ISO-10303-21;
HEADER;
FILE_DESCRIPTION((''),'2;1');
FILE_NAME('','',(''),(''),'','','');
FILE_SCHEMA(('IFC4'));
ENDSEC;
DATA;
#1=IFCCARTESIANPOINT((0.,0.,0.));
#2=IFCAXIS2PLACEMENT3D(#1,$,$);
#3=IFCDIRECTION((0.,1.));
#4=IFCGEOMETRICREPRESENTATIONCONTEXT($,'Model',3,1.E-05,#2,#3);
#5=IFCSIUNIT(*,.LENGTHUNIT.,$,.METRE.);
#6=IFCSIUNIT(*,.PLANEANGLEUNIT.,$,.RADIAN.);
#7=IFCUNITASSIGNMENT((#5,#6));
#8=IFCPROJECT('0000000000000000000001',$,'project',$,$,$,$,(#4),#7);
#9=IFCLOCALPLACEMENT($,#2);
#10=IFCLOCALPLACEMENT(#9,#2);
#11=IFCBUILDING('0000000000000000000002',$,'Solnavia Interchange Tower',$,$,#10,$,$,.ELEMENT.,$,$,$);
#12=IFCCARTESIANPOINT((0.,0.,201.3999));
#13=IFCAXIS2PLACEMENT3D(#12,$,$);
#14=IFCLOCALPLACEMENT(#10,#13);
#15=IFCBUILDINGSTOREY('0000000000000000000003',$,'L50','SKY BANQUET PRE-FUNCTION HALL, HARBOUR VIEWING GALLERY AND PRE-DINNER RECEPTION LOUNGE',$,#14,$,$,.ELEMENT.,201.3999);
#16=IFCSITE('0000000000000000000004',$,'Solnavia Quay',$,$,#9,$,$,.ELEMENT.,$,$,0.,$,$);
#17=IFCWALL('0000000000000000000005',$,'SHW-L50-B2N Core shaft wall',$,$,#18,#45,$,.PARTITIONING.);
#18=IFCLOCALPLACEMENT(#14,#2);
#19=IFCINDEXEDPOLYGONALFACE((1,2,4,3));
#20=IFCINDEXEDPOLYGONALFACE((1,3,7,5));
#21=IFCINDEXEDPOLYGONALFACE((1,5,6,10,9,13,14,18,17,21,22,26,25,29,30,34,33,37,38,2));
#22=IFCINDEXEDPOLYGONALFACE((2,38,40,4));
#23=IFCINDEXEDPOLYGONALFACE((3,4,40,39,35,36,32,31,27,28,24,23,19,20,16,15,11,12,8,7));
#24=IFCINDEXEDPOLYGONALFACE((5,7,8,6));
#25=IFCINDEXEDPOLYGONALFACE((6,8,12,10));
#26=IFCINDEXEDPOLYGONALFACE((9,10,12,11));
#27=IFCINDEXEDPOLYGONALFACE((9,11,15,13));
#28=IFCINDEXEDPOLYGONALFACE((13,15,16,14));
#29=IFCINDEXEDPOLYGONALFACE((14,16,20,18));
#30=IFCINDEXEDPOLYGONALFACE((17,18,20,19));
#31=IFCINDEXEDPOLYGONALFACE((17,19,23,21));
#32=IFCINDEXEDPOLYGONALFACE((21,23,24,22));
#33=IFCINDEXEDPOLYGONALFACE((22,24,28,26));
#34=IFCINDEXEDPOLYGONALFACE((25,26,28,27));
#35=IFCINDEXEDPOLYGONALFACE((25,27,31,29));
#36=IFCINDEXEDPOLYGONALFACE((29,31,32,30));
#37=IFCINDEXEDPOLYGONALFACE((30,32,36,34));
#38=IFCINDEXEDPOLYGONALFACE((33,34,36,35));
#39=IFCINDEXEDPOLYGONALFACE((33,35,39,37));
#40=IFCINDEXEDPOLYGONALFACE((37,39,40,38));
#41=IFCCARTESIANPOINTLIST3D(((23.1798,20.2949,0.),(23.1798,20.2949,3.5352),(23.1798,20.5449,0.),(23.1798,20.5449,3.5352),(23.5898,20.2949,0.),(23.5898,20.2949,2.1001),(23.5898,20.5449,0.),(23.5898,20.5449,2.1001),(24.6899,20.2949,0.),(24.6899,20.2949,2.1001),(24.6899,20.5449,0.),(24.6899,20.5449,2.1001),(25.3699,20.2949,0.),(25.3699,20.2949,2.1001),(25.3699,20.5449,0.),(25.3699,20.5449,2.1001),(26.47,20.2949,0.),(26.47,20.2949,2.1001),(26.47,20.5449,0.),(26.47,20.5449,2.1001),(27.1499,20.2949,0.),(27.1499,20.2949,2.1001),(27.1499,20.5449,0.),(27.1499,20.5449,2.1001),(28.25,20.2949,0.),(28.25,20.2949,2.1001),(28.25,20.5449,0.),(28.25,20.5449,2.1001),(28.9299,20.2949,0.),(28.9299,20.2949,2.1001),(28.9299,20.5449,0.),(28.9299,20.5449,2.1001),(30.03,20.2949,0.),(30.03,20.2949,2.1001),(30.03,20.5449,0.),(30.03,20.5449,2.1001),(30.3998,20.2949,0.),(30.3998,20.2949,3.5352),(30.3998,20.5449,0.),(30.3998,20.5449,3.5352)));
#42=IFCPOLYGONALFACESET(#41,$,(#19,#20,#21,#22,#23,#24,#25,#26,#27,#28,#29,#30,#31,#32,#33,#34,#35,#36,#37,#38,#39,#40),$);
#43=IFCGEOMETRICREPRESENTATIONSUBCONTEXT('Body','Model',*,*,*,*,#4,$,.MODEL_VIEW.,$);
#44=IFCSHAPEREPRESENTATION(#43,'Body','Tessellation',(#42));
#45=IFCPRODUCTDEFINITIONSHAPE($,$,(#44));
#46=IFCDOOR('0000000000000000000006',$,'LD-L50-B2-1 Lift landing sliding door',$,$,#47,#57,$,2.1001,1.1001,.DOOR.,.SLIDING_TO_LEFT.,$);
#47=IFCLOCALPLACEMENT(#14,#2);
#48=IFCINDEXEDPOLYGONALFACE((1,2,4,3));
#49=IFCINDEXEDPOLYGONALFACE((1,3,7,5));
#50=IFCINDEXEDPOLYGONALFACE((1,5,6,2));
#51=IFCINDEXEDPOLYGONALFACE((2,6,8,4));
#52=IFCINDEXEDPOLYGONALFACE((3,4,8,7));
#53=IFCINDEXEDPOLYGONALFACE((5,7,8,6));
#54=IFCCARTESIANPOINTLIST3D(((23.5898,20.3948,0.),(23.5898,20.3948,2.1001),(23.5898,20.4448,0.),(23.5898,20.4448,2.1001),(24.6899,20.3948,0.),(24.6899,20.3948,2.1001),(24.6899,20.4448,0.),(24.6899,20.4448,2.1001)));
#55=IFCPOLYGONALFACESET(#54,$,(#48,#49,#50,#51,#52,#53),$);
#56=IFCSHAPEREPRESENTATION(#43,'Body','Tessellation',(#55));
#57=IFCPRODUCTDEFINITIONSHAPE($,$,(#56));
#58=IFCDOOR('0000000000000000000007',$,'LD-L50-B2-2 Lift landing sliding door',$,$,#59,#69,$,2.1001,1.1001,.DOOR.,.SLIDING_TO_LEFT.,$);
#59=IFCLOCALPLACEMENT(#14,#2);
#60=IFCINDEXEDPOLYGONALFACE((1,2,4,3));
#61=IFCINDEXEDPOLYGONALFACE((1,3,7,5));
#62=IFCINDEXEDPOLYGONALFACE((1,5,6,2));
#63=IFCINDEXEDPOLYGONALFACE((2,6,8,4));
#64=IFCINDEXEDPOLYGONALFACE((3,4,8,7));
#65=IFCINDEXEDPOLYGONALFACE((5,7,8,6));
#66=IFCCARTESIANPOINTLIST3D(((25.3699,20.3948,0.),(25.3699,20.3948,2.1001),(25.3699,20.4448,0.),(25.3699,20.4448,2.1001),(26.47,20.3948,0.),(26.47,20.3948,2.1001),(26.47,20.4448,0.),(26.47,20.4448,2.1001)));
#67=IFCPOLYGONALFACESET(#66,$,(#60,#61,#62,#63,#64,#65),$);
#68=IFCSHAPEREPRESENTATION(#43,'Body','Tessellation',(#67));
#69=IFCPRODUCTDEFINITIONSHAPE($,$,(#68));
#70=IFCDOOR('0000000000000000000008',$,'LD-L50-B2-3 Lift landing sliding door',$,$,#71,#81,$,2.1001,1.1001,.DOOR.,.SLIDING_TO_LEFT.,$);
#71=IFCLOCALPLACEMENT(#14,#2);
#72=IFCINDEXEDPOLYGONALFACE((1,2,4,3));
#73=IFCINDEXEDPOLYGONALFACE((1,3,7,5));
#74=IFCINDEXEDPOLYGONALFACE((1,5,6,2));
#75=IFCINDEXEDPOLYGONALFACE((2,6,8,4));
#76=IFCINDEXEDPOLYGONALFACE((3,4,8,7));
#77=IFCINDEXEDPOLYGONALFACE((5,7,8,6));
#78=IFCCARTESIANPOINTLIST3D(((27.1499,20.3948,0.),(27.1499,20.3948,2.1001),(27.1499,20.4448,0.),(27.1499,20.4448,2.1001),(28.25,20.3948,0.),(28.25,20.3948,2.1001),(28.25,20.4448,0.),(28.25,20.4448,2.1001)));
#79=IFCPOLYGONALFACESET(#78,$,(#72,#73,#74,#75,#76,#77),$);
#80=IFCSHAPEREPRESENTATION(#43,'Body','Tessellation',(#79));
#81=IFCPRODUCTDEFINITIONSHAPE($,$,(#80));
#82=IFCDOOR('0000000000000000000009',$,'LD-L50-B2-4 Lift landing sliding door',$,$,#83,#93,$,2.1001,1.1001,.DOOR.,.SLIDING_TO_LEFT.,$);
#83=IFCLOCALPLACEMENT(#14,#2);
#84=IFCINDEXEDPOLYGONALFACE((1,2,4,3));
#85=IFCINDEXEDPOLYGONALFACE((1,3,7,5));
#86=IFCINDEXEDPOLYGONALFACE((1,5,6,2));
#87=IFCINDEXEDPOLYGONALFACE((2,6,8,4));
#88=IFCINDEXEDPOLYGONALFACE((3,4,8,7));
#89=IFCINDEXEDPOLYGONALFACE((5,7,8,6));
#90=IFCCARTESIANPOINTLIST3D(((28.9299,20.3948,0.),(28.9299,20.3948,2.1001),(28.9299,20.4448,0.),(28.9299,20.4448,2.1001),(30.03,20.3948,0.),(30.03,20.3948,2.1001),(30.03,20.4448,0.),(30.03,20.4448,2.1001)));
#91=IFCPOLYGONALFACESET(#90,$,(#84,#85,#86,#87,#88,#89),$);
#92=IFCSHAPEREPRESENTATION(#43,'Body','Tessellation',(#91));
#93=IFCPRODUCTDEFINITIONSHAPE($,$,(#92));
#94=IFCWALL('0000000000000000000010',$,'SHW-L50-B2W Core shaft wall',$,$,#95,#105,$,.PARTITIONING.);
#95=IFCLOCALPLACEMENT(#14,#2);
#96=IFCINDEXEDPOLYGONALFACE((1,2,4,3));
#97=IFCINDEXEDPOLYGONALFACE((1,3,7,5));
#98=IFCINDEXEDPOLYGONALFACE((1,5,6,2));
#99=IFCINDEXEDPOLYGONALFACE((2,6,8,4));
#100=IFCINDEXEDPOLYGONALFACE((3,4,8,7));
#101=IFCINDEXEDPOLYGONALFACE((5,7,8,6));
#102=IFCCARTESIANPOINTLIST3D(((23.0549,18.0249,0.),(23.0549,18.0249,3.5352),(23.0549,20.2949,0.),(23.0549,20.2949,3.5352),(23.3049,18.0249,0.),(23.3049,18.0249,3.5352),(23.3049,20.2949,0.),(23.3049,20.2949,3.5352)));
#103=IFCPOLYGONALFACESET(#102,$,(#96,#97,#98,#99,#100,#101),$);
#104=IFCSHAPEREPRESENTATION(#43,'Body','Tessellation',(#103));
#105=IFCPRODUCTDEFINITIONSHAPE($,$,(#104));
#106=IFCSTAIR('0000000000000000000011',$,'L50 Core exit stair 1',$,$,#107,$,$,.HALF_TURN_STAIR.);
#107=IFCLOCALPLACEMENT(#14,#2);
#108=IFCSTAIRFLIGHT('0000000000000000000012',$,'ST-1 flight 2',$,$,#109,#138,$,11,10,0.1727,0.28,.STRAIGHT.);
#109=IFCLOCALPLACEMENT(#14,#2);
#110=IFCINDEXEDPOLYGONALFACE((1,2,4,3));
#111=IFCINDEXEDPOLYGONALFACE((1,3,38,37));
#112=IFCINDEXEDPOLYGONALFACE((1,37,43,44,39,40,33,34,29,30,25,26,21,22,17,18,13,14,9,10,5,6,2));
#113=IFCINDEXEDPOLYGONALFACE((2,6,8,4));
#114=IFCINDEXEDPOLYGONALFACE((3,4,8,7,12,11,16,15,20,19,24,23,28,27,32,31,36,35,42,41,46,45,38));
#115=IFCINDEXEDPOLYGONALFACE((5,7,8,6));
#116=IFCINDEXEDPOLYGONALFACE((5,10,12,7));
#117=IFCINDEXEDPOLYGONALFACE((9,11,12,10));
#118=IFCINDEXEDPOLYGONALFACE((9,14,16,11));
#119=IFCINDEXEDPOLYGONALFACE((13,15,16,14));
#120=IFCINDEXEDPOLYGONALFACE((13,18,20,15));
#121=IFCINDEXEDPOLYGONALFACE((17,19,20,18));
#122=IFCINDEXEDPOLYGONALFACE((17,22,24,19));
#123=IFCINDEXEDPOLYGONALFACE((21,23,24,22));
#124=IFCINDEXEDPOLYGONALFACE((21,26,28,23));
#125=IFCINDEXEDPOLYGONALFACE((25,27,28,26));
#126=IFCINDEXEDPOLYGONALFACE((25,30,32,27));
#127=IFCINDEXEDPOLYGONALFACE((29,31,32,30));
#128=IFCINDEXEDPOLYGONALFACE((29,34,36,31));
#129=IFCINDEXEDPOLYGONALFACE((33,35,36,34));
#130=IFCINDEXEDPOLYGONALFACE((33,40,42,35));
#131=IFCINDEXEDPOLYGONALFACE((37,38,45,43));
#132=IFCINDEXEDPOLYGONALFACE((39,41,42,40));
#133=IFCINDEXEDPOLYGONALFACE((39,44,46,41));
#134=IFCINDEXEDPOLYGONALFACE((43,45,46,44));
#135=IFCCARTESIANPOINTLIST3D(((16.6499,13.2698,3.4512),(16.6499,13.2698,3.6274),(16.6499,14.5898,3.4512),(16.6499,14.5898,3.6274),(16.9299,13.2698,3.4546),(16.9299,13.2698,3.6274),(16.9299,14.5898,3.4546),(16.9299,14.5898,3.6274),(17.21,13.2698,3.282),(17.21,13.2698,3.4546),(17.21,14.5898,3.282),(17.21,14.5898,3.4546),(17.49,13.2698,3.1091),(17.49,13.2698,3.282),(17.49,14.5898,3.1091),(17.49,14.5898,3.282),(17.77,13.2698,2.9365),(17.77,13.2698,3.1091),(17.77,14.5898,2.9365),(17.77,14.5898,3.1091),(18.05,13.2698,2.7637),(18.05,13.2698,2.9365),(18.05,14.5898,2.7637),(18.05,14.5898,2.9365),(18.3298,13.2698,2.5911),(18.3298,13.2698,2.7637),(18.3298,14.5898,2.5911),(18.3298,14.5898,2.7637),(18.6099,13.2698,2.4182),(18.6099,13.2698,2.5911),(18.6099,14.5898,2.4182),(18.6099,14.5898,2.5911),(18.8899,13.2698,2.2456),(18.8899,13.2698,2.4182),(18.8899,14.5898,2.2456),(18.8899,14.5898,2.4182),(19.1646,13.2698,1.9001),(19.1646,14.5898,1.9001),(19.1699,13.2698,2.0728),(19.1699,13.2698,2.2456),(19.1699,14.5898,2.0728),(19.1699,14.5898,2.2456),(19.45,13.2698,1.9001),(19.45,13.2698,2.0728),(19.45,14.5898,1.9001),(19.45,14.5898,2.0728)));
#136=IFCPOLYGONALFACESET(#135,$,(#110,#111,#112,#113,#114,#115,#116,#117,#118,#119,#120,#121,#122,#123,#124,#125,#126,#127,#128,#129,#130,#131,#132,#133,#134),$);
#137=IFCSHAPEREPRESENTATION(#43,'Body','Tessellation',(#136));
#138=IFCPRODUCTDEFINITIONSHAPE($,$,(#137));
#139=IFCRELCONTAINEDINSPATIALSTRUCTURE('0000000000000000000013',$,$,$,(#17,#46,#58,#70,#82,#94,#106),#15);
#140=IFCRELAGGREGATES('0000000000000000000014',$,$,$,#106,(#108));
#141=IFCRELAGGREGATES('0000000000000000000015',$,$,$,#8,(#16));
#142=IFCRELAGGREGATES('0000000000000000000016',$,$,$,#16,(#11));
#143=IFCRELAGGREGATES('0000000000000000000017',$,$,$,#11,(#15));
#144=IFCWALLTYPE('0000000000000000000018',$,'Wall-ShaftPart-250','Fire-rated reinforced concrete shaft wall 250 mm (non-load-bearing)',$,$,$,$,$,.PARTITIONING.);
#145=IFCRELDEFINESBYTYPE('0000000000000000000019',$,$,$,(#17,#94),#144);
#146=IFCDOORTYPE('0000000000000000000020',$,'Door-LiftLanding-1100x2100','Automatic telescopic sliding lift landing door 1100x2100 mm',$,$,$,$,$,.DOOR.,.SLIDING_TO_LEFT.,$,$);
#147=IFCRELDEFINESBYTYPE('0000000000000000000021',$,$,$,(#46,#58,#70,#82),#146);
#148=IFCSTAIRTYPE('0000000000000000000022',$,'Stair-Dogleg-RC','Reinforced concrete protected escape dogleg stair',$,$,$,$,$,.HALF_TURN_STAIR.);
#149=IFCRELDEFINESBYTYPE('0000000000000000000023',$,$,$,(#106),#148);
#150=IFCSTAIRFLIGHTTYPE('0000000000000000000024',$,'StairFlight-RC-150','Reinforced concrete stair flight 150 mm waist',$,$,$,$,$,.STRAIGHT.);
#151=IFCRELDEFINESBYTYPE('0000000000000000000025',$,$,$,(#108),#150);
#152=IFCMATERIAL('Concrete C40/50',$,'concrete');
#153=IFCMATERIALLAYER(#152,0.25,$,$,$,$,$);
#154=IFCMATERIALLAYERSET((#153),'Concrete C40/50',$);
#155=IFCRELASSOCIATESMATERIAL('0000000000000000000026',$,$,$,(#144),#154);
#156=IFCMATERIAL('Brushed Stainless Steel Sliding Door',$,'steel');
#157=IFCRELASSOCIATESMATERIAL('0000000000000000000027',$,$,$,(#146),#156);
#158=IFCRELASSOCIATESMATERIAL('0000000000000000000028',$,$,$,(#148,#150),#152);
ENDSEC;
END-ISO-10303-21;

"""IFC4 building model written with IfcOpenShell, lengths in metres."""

from ifc_helpers import new_model, si_unit, direction, frame, frame_2d, origin, place, context, subcontext, project, spatial, polyline, rectangle, outline, extrude, material, layer, layer_set, type_object, element, fill, aggregate, save


model = new_model("IFC4")

# Units and contexts
model_context = context("Model", 3, precision=1e-05, world=origin(), true_north=direction((0.0, 1.0)))
body_context = subcontext(model_context, "Body", "Model", "MODEL_VIEW")
ifc_project = project(units=[si_unit("LENGTHUNIT", "METRE"), si_unit("PLANEANGLEUNIT", "RADIAN")], contexts=[model_context])

# Site, building, storey
site_placement = place(None, origin())
site = spatial("IfcSite", under=ifc_project, at=site_placement, Name="Solnavia Quay", CompositionType="ELEMENT", RefElevation=0.0)
building_placement = place(site_placement, origin())
building = spatial("IfcBuilding", under=site, at=building_placement, Name="Solnavia Interchange Tower", CompositionType="ELEMENT")
storey_placement = place(building_placement, frame((0.0, 0.0, 201.3999)))
storey = spatial("IfcBuildingStorey", under=building, at=storey_placement, Name="L50", Description="SKY BANQUET PRE-FUNCTION HALL, HARBOUR VIEWING GALLERY AND PRE-DINNER RECEPTION LOUNGE", CompositionType="ELEMENT", Elevation=201.3999)

# Shared definitions
ifc_material_1 = material(Name="Concrete C40/50", Category="concrete")

# Shared definitions
ifc_layer_1 = layer(ifc_material_1, 0.25)
ifc_layer_set_1 = layer_set([ifc_layer_1], Name="Concrete C40/50")
wall_type_1 = type_object("IfcWallType", Name="Wall-ShaftPart-250", Description="Fire-rated reinforced concrete shaft wall 250 mm (non-load-bearing)", PredefinedType="PARTITIONING", material=ifc_layer_set_1)

# Shared definitions
ifc_material_2 = material(Name="Brushed Stainless Steel Sliding Door", Category="steel")
door_type_1 = type_object("IfcDoorType", Name="Door-LiftLanding-1100x2100", Description="Automatic telescopic sliding lift landing door 1100x2100 mm", OperationType="SLIDING_TO_LEFT", PredefinedType="DOOR", material=ifc_material_2)

# Wall, openings, doors
wall_1_placement = place(storey_placement, frame((23.1799, 20.4199, 0.0), z_axis=(0.0, 0.0, 1.0), x_axis=(1.0, 0.0, 0.0)))
wall_1 = element("IfcWall", 1, at=wall_1_placement, inside=storey, type_object=wall_type_1, Name="SHW-L50-B2N Core shaft wall", PredefinedType="PARTITIONING", context=body_context, shape_type="SweptSolid", body=[
    extrude(rectangle(XDim=7.22, YDim=0.25, at=frame_2d((3.6099, 0.0))), origin(), (0.0, 0.0, 1.0), 3.5352),
])
opening_1_placement = place(wall_1_placement, frame((0.4099, 0.0, 0.0)))
opening_1 = element("IfcOpeningElement", 2, at=opening_1_placement, cuts=wall_1, PredefinedType="OPENING", context=body_context, shape_type="SweptSolid", body=[
    extrude(rectangle(XDim=1.1001, YDim=2.1001, at=frame_2d((0.55, 1.05))), frame((0.0, 0.135, 0.0), z_axis=(0.0, -1.0, 0.0), x_axis=(1.0, 0.0, 0.0)), (0.0, 0.0, 1.0), 0.27),
])
opening_2_placement = place(wall_1_placement, frame((2.1899, 0.0, 0.0)))
opening_2 = element("IfcOpeningElement", 3, at=opening_2_placement, cuts=wall_1, PredefinedType="OPENING", context=body_context, shape_type="SweptSolid", body=[
    extrude(rectangle(XDim=1.1001, YDim=2.1001, at=frame_2d((0.55, 1.05))), frame((0.0, 0.135, 0.0), z_axis=(0.0, -1.0, 0.0), x_axis=(1.0, 0.0, 0.0)), (0.0, 0.0, 1.0), 0.27),
])
opening_3_placement = place(wall_1_placement, frame((3.97, 0.0, 0.0)))
opening_3 = element("IfcOpeningElement", 4, at=opening_3_placement, cuts=wall_1, PredefinedType="OPENING", context=body_context, shape_type="SweptSolid", body=[
    extrude(rectangle(XDim=1.1001, YDim=2.1001, at=frame_2d((0.55, 1.05))), frame((0.0, 0.135, 0.0), z_axis=(0.0, -1.0, 0.0), x_axis=(1.0, 0.0, 0.0)), (0.0, 0.0, 1.0), 0.27),
])
opening_4_placement = place(wall_1_placement, frame((5.75, 0.0, 0.0)))
opening_4 = element("IfcOpeningElement", 5, at=opening_4_placement, cuts=wall_1, PredefinedType="OPENING", context=body_context, shape_type="SweptSolid", body=[
    extrude(rectangle(XDim=1.1001, YDim=2.1001, at=frame_2d((0.55, 1.05))), frame((0.0, 0.135, 0.0), z_axis=(0.0, -1.0, 0.0), x_axis=(1.0, 0.0, 0.0)), (0.0, 0.0, 1.0), 0.27),
])
door_1_placement = place(opening_1_placement, origin())
door_1 = element("IfcDoor", 6, at=door_1_placement, inside=storey, type_object=door_type_1, Name="LD-L50-B2-1 Lift landing sliding door", OperationType="SLIDING_TO_LEFT", OverallHeight=2.1001, OverallWidth=1.1001, PredefinedType="DOOR", context=body_context, shape_type="SweptSolid", body=[
    extrude(rectangle(XDim=1.1001, YDim=2.1001, at=frame_2d((0.55, 1.05))), frame((0.0, 0.0249, 0.0), z_axis=(0.0, -1.0, 0.0), x_axis=(1.0, 0.0, 0.0)), (0.0, 0.0, 1.0), 0.05),
])
fill(opening_1, door_1)
door_2_placement = place(opening_2_placement, origin())
door_2 = element("IfcDoor", 7, at=door_2_placement, inside=storey, type_object=door_type_1, Name="LD-L50-B2-2 Lift landing sliding door", OperationType="SLIDING_TO_LEFT", OverallHeight=2.1001, OverallWidth=1.1001, PredefinedType="DOOR", context=body_context, shape_type="SweptSolid", body=[
    extrude(rectangle(XDim=1.1001, YDim=2.1001, at=frame_2d((0.55, 1.05))), frame((0.0, 0.0249, 0.0), z_axis=(0.0, -1.0, 0.0), x_axis=(1.0, 0.0, 0.0)), (0.0, 0.0, 1.0), 0.05),
])
fill(opening_2, door_2)
door_3_placement = place(opening_3_placement, origin())
door_3 = element("IfcDoor", 8, at=door_3_placement, inside=storey, type_object=door_type_1, Name="LD-L50-B2-3 Lift landing sliding door", OperationType="SLIDING_TO_LEFT", OverallHeight=2.1001, OverallWidth=1.1001, PredefinedType="DOOR", context=body_context, shape_type="SweptSolid", body=[
    extrude(rectangle(XDim=1.1001, YDim=2.1001, at=frame_2d((0.55, 1.05))), frame((0.0, 0.0249, 0.0), z_axis=(0.0, -1.0, 0.0), x_axis=(1.0, 0.0, 0.0)), (0.0, 0.0, 1.0), 0.05),
])
fill(opening_3, door_3)
door_4_placement = place(opening_4_placement, origin())
door_4 = element("IfcDoor", 9, at=door_4_placement, inside=storey, type_object=door_type_1, Name="LD-L50-B2-4 Lift landing sliding door", OperationType="SLIDING_TO_LEFT", OverallHeight=2.1001, OverallWidth=1.1001, PredefinedType="DOOR", context=body_context, shape_type="SweptSolid", body=[
    extrude(rectangle(XDim=1.1001, YDim=2.1001, at=frame_2d((0.55, 1.05))), frame((0.0, 0.0249, 0.0), z_axis=(0.0, -1.0, 0.0), x_axis=(1.0, 0.0, 0.0)), (0.0, 0.0, 1.0), 0.05),
])
fill(opening_4, door_4)

# Wall
wall_2_placement = place(storey_placement, frame((23.1799, 18.0249, 0.0), z_axis=(0.0, 0.0, 1.0), x_axis=(0.0, 1.0, 0.0)))
element("IfcWall", 10, at=wall_2_placement, inside=storey, type_object=wall_type_1, Name="SHW-L50-B2W Core shaft wall", PredefinedType="PARTITIONING", context=body_context, shape_type="SweptSolid", body=[
    extrude(rectangle(XDim=2.27, YDim=0.25, at=frame_2d((1.135, 0.0))), origin(), (0.0, 0.0, 1.0), 3.5352),
])

# Stair, stair flight
stair_type = type_object("IfcStairType", Name="Stair-Dogleg-RC", Description="Reinforced concrete protected escape dogleg stair", PredefinedType="HALF_TURN_STAIR", material=ifc_material_1)
stair_placement = place(storey_placement, origin())
stair = element("IfcStair", 11, at=stair_placement, inside=storey, type_object=stair_type, Name="L50 Core exit stair 1", PredefinedType="HALF_TURN_STAIR")
stair_flight_type = type_object("IfcStairFlightType", Name="StairFlight-RC-150", Description="Reinforced concrete stair flight 150 mm waist", PredefinedType="STRAIGHT", material=ifc_material_1)
stair_flight_placement = place(storey_placement, frame((19.45, 13.9299, 1.9001), z_axis=(0.0, 0.0, 1.0), x_axis=(-1.0, 0.0, 0.0)))
stair_flight = element("IfcStairFlight", 12, at=stair_flight_placement, type_object=stair_flight_type, Name="ST-1 flight 2", NumberOfRisers=11, NumberOfTreads=10, PredefinedType="STRAIGHT", RiserHeight=0.1727, TreadLength=0.28, context=body_context, shape_type="SweptSolid", body=[
    extrude(outline(polyline([(0.0, 0.0), (0.0, 0.1726), (0.28, 0.1726), (0.28, 0.3455), (0.5601, 0.3455), (0.5601, 0.5181), (0.8401, 0.5181), (0.8401, 0.6909), (1.1201, 0.6909), (1.1201, 0.8635), (1.3999, 0.8635), (1.3999, 1.0364), (1.6799, 1.0364), (1.6799, 1.209), (1.96, 1.209), (1.96, 1.3818), (2.24, 1.3818), (2.24, 1.5544), (2.52, 1.5544), (2.52, 1.7273), (2.8, 1.7273), (2.8, 1.8999), (2.8, 1.551), (0.2854, 0.0), (0.0, 0.0)])), frame((0.0, 0.6602, 0.0), z_axis=(0.0, -1.0, 0.0), x_axis=(1.0, 0.0, 0.0)), (0.0, 0.0, 1.0), 1.3201),
])
aggregate(stair, [stair_flight])

save(model, "model.ifc")
